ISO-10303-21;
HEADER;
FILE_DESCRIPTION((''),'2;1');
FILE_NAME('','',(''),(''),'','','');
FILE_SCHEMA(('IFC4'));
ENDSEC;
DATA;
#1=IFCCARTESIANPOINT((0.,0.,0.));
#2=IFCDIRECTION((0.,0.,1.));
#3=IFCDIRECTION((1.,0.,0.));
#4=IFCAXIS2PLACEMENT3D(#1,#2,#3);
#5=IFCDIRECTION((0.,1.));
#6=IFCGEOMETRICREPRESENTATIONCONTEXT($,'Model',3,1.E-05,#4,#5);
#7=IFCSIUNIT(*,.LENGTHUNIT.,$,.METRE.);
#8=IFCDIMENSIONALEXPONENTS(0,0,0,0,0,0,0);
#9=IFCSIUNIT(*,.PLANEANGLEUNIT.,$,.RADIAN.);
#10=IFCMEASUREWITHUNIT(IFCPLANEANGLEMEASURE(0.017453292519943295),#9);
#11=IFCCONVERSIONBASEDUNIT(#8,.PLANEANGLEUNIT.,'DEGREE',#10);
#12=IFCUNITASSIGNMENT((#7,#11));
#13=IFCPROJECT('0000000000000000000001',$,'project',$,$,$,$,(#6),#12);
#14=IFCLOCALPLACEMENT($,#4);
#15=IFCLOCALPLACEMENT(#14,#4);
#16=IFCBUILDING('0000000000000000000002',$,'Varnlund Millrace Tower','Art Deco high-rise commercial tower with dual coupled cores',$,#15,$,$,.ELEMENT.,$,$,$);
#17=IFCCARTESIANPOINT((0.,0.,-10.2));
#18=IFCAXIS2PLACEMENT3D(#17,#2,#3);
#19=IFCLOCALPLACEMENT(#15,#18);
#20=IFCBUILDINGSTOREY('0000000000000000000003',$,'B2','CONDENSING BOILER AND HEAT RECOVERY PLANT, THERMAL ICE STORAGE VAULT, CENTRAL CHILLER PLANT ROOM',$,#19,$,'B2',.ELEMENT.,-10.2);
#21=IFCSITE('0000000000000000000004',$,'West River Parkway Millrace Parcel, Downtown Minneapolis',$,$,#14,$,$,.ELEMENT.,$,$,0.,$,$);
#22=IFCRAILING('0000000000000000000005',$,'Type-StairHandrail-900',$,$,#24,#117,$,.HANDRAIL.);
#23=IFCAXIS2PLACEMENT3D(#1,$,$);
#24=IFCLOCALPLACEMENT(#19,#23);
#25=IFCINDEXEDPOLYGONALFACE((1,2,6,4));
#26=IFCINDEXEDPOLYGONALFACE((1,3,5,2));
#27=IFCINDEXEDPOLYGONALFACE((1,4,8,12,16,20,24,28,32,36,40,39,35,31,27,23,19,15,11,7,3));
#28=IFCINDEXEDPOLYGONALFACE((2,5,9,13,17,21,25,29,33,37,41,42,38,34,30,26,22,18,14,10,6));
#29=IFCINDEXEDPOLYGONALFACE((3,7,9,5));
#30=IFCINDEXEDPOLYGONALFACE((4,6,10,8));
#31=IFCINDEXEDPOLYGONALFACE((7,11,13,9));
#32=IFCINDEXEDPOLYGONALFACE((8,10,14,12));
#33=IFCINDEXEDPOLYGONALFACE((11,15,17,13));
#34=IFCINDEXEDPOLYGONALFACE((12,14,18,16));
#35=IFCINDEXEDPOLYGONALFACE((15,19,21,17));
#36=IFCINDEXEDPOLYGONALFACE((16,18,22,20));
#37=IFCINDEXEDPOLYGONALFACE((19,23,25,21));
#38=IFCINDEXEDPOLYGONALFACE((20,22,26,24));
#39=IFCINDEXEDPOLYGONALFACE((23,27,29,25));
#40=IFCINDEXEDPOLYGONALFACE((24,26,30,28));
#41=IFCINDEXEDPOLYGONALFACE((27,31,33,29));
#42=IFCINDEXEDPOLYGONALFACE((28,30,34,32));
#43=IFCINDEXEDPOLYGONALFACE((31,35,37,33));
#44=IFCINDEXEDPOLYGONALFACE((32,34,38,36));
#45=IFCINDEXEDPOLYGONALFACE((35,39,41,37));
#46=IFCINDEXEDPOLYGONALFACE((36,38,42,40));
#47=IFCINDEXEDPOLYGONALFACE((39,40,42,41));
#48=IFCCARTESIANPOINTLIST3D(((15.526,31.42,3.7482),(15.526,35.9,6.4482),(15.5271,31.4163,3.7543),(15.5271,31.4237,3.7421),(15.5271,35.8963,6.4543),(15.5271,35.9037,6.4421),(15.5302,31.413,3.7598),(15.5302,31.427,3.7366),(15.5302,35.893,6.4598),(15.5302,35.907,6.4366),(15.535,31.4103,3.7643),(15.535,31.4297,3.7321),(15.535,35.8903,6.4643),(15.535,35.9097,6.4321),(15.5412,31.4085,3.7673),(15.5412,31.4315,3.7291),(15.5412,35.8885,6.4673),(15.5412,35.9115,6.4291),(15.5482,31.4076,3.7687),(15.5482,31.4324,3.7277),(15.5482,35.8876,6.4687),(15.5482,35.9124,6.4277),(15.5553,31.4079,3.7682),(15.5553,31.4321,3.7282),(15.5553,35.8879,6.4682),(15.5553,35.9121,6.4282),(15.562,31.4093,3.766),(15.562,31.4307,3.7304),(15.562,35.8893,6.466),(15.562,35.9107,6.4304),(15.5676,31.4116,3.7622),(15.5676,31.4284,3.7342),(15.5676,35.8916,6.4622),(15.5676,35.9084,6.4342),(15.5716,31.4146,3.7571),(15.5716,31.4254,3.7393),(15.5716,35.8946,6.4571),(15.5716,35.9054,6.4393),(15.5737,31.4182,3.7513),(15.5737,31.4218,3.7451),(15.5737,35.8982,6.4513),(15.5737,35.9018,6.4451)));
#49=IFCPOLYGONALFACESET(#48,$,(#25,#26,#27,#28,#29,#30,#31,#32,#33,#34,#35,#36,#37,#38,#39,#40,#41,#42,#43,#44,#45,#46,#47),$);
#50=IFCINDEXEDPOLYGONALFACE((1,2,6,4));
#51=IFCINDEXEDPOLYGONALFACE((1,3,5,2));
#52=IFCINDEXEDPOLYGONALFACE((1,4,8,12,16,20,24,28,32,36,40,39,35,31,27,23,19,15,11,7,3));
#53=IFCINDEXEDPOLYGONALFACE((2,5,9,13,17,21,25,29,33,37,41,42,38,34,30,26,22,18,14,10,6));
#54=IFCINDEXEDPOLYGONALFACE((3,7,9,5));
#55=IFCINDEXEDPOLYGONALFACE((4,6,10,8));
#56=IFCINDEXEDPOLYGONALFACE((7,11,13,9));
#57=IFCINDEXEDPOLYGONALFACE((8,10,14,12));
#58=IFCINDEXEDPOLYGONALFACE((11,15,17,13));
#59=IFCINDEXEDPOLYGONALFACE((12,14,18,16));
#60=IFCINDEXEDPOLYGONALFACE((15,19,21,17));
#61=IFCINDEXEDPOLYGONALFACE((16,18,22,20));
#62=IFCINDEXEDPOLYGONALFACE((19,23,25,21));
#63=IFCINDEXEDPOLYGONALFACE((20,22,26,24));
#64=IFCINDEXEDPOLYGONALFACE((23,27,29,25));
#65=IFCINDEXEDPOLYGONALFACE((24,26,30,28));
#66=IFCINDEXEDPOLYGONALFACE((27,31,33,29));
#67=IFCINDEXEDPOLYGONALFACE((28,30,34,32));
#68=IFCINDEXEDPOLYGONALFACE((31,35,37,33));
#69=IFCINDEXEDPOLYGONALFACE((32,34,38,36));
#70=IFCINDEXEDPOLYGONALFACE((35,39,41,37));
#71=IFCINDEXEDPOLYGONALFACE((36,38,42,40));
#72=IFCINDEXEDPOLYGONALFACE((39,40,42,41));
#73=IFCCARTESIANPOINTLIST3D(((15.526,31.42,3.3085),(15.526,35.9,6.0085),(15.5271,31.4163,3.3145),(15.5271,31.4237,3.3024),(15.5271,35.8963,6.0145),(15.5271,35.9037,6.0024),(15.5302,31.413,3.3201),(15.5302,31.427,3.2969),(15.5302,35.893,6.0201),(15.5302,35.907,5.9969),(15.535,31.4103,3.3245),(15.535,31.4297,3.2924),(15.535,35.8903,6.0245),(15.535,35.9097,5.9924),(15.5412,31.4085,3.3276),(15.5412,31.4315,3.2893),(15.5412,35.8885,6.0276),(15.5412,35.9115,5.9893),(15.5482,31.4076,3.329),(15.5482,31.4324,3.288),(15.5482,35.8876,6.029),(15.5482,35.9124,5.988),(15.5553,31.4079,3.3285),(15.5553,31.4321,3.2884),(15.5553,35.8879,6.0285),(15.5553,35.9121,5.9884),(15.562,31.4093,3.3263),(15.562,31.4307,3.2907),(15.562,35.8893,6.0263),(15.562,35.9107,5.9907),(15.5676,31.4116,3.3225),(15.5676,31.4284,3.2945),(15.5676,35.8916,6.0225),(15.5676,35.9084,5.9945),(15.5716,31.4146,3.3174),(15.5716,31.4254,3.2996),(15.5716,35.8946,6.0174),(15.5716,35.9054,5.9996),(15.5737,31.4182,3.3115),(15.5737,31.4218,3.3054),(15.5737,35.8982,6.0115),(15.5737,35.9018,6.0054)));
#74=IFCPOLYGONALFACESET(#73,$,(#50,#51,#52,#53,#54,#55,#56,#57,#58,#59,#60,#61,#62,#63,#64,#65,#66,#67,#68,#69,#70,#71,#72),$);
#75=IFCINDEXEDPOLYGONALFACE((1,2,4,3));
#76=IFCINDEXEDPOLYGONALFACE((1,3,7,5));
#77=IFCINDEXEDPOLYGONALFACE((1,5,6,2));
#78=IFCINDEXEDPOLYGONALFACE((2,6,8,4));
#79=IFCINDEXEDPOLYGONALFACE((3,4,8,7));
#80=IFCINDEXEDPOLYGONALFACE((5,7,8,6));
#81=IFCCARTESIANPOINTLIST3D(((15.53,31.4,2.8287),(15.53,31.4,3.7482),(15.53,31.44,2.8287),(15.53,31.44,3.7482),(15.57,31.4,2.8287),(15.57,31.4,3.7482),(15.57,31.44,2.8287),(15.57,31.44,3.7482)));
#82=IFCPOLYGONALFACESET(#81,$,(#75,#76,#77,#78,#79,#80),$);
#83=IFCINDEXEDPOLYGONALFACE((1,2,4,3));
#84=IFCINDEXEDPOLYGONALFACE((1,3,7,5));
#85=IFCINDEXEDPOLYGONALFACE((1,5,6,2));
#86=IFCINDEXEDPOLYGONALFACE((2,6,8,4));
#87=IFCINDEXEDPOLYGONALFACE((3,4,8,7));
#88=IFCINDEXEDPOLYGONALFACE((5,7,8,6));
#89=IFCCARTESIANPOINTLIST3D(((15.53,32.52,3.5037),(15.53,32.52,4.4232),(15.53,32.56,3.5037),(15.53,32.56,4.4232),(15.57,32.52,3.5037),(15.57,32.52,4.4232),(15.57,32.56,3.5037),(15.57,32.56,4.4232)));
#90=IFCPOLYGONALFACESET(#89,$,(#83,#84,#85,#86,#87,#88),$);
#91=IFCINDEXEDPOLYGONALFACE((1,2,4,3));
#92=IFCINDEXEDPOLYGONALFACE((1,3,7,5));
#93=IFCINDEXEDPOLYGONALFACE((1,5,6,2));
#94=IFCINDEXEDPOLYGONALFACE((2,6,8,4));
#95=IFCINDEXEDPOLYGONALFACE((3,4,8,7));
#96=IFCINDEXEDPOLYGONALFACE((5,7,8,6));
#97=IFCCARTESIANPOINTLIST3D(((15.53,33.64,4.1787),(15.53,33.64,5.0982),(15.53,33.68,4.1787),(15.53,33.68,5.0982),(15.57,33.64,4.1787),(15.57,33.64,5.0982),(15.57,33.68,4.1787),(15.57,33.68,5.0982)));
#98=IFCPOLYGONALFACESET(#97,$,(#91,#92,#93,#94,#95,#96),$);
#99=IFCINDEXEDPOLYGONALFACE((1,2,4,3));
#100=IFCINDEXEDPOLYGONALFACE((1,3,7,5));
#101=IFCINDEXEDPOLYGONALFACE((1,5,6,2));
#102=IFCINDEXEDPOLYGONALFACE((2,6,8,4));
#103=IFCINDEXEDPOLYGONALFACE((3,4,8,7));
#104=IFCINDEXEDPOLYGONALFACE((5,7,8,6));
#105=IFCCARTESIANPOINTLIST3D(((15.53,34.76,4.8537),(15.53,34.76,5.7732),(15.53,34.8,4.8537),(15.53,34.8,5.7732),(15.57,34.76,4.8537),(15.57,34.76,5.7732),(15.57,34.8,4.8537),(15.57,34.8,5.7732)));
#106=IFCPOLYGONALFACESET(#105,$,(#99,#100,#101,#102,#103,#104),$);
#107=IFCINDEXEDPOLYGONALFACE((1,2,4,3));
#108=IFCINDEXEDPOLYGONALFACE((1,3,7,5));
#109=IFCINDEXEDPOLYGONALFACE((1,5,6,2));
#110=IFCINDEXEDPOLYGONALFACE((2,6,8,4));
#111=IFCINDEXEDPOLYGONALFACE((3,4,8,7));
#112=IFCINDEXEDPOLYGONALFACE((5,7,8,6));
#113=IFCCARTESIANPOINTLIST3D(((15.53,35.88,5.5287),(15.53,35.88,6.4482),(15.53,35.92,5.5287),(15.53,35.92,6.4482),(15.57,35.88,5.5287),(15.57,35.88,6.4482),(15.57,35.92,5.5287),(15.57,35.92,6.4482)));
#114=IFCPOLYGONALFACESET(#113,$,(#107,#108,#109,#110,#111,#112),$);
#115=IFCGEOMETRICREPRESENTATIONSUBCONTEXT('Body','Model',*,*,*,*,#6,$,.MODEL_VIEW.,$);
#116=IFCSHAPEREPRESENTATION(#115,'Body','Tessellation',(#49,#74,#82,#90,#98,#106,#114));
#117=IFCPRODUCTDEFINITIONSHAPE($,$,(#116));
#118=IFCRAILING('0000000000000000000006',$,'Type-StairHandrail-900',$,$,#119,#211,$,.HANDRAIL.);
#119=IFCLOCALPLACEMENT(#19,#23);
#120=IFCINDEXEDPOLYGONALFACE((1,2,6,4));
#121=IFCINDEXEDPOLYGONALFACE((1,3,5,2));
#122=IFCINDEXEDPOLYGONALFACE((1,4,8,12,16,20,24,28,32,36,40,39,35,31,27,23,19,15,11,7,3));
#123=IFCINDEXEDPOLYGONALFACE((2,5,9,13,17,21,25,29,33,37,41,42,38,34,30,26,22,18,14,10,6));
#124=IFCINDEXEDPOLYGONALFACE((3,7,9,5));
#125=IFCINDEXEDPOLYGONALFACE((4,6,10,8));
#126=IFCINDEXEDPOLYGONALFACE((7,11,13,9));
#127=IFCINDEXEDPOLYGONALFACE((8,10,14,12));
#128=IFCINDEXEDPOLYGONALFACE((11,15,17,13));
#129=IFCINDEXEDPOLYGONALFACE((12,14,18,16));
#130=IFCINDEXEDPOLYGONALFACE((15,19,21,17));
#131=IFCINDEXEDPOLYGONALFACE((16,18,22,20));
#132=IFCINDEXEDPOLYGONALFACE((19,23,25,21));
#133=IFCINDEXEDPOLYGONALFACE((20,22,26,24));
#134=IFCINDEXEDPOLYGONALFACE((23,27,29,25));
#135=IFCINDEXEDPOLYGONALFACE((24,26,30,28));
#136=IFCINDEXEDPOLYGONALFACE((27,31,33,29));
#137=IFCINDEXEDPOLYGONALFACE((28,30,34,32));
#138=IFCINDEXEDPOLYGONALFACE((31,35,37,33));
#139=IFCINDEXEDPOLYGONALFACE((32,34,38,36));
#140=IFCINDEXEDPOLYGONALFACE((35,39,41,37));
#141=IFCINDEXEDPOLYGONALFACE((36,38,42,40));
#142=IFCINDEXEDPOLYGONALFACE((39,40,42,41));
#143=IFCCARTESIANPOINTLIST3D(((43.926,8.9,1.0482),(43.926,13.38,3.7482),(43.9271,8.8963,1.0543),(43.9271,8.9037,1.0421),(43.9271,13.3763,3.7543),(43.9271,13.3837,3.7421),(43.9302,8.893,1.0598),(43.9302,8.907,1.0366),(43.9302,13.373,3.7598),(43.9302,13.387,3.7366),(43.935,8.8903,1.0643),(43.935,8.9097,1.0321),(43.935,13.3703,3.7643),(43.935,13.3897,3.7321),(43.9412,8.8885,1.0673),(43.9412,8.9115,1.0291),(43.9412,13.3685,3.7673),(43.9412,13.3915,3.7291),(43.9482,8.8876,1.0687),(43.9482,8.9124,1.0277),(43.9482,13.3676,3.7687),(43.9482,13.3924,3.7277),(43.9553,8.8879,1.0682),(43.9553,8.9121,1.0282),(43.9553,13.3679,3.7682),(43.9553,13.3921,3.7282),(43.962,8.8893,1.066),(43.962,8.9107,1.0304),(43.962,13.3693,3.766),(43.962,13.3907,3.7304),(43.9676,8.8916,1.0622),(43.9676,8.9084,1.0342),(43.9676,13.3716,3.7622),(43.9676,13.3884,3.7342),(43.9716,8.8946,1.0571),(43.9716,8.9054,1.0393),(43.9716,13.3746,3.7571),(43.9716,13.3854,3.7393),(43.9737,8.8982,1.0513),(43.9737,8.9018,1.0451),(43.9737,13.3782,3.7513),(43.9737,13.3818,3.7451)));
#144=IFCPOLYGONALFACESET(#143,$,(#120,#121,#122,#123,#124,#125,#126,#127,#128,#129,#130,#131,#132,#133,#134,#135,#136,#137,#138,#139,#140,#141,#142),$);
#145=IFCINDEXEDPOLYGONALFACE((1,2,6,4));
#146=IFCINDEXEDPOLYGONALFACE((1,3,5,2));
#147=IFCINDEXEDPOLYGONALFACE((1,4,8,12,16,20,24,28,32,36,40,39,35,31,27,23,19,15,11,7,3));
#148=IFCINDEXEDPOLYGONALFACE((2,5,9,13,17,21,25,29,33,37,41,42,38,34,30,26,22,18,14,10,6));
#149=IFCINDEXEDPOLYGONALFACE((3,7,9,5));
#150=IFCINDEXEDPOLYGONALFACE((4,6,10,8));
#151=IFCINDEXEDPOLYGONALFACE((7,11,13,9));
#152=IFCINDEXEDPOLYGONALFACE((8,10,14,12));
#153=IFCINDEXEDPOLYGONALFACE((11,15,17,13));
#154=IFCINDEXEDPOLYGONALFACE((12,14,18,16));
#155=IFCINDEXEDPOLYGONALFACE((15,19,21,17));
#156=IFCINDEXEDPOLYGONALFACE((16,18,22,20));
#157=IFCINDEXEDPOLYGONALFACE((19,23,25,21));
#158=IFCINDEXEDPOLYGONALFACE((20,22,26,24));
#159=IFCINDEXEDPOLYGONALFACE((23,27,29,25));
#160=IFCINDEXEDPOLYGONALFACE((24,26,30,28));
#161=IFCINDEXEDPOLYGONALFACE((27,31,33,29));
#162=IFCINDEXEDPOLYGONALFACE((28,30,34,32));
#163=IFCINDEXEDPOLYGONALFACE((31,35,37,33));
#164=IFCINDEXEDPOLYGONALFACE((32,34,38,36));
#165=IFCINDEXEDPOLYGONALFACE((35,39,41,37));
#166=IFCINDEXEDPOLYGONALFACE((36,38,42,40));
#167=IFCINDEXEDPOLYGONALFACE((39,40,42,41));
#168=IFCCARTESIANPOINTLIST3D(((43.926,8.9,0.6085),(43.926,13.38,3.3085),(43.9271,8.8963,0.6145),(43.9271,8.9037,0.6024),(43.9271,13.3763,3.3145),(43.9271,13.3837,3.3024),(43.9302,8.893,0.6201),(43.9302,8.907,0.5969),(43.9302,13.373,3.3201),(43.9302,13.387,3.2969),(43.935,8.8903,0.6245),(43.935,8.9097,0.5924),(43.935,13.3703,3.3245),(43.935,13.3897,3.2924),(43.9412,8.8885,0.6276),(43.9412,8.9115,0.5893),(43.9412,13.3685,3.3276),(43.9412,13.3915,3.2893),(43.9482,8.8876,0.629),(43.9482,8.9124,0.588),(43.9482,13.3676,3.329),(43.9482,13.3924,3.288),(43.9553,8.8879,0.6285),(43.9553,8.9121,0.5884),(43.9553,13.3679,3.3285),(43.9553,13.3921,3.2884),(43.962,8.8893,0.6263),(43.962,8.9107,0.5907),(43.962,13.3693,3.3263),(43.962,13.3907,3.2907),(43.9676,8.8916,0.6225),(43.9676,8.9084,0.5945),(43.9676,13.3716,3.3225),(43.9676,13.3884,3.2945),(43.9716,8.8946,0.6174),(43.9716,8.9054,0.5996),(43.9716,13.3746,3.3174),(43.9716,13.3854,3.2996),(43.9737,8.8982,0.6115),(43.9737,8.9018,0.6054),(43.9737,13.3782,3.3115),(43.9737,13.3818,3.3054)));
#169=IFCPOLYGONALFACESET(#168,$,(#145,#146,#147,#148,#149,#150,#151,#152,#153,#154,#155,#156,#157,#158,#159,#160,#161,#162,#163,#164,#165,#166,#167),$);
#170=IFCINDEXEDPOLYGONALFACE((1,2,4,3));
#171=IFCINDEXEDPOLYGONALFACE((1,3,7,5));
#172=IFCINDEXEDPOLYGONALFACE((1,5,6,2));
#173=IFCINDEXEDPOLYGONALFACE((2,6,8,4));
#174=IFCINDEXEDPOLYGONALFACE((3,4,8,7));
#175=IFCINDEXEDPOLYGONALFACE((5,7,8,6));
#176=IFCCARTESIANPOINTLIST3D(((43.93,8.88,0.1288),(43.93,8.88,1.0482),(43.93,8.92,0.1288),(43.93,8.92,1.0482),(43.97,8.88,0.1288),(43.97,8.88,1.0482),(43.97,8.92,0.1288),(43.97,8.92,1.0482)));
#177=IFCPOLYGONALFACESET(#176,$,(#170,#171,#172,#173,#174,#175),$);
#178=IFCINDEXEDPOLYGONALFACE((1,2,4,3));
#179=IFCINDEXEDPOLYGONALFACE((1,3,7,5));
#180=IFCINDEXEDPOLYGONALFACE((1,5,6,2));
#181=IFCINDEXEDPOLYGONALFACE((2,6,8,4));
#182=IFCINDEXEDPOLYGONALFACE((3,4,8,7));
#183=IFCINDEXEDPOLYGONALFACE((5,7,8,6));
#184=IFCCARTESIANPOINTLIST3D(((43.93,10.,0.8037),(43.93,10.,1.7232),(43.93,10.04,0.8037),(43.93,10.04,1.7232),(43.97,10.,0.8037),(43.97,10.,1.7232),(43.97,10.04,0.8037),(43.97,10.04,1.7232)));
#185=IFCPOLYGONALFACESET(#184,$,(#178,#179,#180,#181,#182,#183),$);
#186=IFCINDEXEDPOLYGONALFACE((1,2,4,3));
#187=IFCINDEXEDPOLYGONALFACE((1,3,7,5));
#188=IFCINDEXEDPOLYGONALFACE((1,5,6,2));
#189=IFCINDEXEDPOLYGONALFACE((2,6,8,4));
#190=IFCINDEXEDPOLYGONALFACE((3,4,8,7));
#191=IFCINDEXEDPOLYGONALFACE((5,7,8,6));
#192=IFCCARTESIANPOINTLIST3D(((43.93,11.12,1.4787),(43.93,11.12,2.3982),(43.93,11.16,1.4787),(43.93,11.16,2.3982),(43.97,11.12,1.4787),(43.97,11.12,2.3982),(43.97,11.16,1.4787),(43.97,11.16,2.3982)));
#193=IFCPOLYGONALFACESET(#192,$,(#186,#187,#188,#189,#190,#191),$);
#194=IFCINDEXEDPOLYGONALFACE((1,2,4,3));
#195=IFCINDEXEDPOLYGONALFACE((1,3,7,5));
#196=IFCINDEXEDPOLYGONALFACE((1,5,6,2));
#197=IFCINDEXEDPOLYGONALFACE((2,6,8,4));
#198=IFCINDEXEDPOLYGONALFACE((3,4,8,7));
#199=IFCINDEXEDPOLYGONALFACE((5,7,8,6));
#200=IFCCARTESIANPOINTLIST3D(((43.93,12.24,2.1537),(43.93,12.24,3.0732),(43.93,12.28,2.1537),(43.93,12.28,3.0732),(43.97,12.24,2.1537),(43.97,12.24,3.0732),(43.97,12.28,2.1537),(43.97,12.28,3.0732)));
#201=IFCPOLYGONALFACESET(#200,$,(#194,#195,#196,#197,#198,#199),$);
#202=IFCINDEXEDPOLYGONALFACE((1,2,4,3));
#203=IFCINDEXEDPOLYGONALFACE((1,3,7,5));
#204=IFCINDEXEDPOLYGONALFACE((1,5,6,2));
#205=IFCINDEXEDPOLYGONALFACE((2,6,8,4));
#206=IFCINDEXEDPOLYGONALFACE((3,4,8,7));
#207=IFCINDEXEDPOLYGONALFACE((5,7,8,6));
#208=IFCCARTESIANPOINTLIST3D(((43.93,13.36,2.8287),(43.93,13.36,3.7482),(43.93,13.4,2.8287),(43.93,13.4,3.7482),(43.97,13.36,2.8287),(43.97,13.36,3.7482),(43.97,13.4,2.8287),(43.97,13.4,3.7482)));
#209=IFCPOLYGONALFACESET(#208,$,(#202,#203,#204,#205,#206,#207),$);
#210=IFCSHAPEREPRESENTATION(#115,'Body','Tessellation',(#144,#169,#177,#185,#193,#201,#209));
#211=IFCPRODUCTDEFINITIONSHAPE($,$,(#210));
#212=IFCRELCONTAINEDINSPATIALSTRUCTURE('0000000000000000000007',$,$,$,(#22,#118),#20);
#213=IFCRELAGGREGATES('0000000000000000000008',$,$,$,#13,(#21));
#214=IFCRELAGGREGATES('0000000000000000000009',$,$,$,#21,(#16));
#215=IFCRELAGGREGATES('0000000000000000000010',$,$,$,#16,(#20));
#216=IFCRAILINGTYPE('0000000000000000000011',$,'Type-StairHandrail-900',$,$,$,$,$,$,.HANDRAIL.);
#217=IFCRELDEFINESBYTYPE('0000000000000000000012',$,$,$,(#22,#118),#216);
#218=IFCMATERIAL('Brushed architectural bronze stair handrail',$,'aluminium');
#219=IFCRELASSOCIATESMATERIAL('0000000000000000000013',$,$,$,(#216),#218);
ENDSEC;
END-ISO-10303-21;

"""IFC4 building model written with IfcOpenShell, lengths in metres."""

from ifc_helpers import new_model, entity, si_unit, converted_unit, direction, frame, origin_with_axes, origin_2d_with_axis, place, context, subcontext, project, spatial, rectangle, circle, extrude, material, type_object, element, save


model = new_model("IFC4")

# Units and contexts
model_context = context("Model", 3, precision=1e-05, world=origin_with_axes(), true_north=direction((0.0, 1.0)))
body_context = subcontext(model_context, "Body", "Model", "MODEL_VIEW")
ifc_project = project(units=[si_unit("LENGTHUNIT", "METRE"), converted_unit("PLANEANGLEUNIT", "DEGREE", entity("IfcPlaneAngleMeasure", 0.017453292519943295), si_unit("PLANEANGLEUNIT", "RADIAN"), dimensions=[0, 0, 0, 0, 0, 0, 0])], contexts=[model_context])

# Site, building, storey
site_placement = place(None, origin_with_axes())
site = spatial("IfcSite", under=ifc_project, at=site_placement, Name="West River Parkway Millrace Parcel, Downtown Minneapolis", CompositionType="ELEMENT", RefElevation=0.0)
building_placement = place(site_placement, origin_with_axes())
building = spatial("IfcBuilding", under=site, at=building_placement, Name="Varnlund Millrace Tower", Description="Art Deco high-rise commercial tower with dual coupled cores", CompositionType="ELEMENT")
storey_placement = place(building_placement, frame((0.0, 0.0, -10.2), z_axis=(0.0, 0.0, 1.0), x_axis=(1.0, 0.0, 0.0)))
storey = spatial("IfcBuildingStorey", under=building, at=storey_placement, Name="B2", Description="CONDENSING BOILER AND HEAT RECOVERY PLANT, THERMAL ICE STORAGE VAULT, CENTRAL CHILLER PLANT ROOM", LongName="B2", CompositionType="ELEMENT", Elevation=-10.2)

# Railings
ifc_material_1 = material(Name="Brushed architectural bronze stair handrail", Category="aluminium")
railing_type_1 = type_object("IfcRailingType", Name="Type-StairHandrail-900", PredefinedType="HANDRAIL", material=ifc_material_1)
railing_1_placement = place(storey_placement, frame((0.0, 0.0, 10.2), z_axis=(0.0, 0.0, 1.0), x_axis=(1.0, 0.0, 0.0)))
element("IfcRailing", 1, at=railing_1_placement, inside=storey, type_object=railing_type_1, Name="Type-StairHandrail-900", PredefinedType="HANDRAIL", context=body_context, shape_type="SweptSolid", body=[
    extrude(circle(Radius=0.024, at=origin_2d_with_axis()), frame((15.55, 31.42, -6.4518), z_axis=(0.0, 0.856479, 0.516182), x_axis=(-1.0, 0.0, 0.0)), (0.0, 0.0, 1.0), 5.2307),
    extrude(circle(Radius=0.024, at=origin_2d_with_axis()), frame((15.55, 31.42, -6.8915), z_axis=(0.0, 0.856479, 0.516182), x_axis=(-1.0, 0.0, 0.0)), (0.0, 0.0, 1.0), 5.2307),
    extrude(rectangle(XDim=0.04, YDim=0.04, at=origin_2d_with_axis()), frame((15.55, 31.42, -7.3712), z_axis=(0.0, 0.0, 1.0), x_axis=(1.0, 0.0, 0.0)), (0.0, 0.0, 1.0), 0.9194),
    extrude(rectangle(XDim=0.04, YDim=0.04, at=origin_2d_with_axis()), frame((15.55, 32.54, -6.6963), z_axis=(0.0, 0.0, 1.0), x_axis=(1.0, 0.0, 0.0)), (0.0, 0.0, 1.0), 0.9194),
    extrude(rectangle(XDim=0.04, YDim=0.04, at=origin_2d_with_axis()), frame((15.55, 33.66, -6.0213), z_axis=(0.0, 0.0, 1.0), x_axis=(1.0, 0.0, 0.0)), (0.0, 0.0, 1.0), 0.9194),
    extrude(rectangle(XDim=0.04, YDim=0.04, at=origin_2d_with_axis()), frame((15.55, 34.78, -5.3463), z_axis=(0.0, 0.0, 1.0), x_axis=(1.0, 0.0, 0.0)), (0.0, 0.0, 1.0), 0.9194),
    extrude(rectangle(XDim=0.04, YDim=0.04, at=origin_2d_with_axis()), frame((15.55, 35.9, -4.6712), z_axis=(0.0, 0.0, 1.0), x_axis=(1.0, 0.0, 0.0)), (0.0, 0.0, 1.0), 0.9194),
])
railing_2_placement = place(storey_placement, frame((0.0, 0.0, 10.2), z_axis=(0.0, 0.0, 1.0), x_axis=(1.0, 0.0, 0.0)))
element("IfcRailing", 2, at=railing_2_placement, inside=storey, type_object=railing_type_1, Name="Type-StairHandrail-900", PredefinedType="HANDRAIL", context=body_context, shape_type="SweptSolid", body=[
    extrude(circle(Radius=0.024, at=origin_2d_with_axis()), frame((43.95, 8.9, -9.1518), z_axis=(0.0, 0.856479, 0.516182), x_axis=(-1.0, 0.0, 0.0)), (0.0, 0.0, 1.0), 5.2307),
    extrude(circle(Radius=0.024, at=origin_2d_with_axis()), frame((43.95, 8.9, -9.5915), z_axis=(0.0, 0.856479, 0.516182), x_axis=(-1.0, 0.0, 0.0)), (0.0, 0.0, 1.0), 5.2307),
    extrude(rectangle(XDim=0.04, YDim=0.04, at=origin_2d_with_axis()), frame((43.95, 8.9, -10.0712), z_axis=(0.0, 0.0, 1.0), x_axis=(1.0, 0.0, 0.0)), (0.0, 0.0, 1.0), 0.9194),
    extrude(rectangle(XDim=0.04, YDim=0.04, at=origin_2d_with_axis()), frame((43.95, 10.02, -9.3963), z_axis=(0.0, 0.0, 1.0), x_axis=(1.0, 0.0, 0.0)), (0.0, 0.0, 1.0), 0.9194),
    extrude(rectangle(XDim=0.04, YDim=0.04, at=origin_2d_with_axis()), frame((43.95, 11.14, -8.7212), z_axis=(0.0, 0.0, 1.0), x_axis=(1.0, 0.0, 0.0)), (0.0, 0.0, 1.0), 0.9194),
    extrude(rectangle(XDim=0.04, YDim=0.04, at=origin_2d_with_axis()), frame((43.95, 12.26, -8.0463), z_axis=(0.0, 0.0, 1.0), x_axis=(1.0, 0.0, 0.0)), (0.0, 0.0, 1.0), 0.9194),
    extrude(rectangle(XDim=0.04, YDim=0.04, at=origin_2d_with_axis()), frame((43.95, 13.38, -7.3712), z_axis=(0.0, 0.0, 1.0), x_axis=(1.0, 0.0, 0.0)), (0.0, 0.0, 1.0), 0.9194),
])

save(model, "model.ifc")
